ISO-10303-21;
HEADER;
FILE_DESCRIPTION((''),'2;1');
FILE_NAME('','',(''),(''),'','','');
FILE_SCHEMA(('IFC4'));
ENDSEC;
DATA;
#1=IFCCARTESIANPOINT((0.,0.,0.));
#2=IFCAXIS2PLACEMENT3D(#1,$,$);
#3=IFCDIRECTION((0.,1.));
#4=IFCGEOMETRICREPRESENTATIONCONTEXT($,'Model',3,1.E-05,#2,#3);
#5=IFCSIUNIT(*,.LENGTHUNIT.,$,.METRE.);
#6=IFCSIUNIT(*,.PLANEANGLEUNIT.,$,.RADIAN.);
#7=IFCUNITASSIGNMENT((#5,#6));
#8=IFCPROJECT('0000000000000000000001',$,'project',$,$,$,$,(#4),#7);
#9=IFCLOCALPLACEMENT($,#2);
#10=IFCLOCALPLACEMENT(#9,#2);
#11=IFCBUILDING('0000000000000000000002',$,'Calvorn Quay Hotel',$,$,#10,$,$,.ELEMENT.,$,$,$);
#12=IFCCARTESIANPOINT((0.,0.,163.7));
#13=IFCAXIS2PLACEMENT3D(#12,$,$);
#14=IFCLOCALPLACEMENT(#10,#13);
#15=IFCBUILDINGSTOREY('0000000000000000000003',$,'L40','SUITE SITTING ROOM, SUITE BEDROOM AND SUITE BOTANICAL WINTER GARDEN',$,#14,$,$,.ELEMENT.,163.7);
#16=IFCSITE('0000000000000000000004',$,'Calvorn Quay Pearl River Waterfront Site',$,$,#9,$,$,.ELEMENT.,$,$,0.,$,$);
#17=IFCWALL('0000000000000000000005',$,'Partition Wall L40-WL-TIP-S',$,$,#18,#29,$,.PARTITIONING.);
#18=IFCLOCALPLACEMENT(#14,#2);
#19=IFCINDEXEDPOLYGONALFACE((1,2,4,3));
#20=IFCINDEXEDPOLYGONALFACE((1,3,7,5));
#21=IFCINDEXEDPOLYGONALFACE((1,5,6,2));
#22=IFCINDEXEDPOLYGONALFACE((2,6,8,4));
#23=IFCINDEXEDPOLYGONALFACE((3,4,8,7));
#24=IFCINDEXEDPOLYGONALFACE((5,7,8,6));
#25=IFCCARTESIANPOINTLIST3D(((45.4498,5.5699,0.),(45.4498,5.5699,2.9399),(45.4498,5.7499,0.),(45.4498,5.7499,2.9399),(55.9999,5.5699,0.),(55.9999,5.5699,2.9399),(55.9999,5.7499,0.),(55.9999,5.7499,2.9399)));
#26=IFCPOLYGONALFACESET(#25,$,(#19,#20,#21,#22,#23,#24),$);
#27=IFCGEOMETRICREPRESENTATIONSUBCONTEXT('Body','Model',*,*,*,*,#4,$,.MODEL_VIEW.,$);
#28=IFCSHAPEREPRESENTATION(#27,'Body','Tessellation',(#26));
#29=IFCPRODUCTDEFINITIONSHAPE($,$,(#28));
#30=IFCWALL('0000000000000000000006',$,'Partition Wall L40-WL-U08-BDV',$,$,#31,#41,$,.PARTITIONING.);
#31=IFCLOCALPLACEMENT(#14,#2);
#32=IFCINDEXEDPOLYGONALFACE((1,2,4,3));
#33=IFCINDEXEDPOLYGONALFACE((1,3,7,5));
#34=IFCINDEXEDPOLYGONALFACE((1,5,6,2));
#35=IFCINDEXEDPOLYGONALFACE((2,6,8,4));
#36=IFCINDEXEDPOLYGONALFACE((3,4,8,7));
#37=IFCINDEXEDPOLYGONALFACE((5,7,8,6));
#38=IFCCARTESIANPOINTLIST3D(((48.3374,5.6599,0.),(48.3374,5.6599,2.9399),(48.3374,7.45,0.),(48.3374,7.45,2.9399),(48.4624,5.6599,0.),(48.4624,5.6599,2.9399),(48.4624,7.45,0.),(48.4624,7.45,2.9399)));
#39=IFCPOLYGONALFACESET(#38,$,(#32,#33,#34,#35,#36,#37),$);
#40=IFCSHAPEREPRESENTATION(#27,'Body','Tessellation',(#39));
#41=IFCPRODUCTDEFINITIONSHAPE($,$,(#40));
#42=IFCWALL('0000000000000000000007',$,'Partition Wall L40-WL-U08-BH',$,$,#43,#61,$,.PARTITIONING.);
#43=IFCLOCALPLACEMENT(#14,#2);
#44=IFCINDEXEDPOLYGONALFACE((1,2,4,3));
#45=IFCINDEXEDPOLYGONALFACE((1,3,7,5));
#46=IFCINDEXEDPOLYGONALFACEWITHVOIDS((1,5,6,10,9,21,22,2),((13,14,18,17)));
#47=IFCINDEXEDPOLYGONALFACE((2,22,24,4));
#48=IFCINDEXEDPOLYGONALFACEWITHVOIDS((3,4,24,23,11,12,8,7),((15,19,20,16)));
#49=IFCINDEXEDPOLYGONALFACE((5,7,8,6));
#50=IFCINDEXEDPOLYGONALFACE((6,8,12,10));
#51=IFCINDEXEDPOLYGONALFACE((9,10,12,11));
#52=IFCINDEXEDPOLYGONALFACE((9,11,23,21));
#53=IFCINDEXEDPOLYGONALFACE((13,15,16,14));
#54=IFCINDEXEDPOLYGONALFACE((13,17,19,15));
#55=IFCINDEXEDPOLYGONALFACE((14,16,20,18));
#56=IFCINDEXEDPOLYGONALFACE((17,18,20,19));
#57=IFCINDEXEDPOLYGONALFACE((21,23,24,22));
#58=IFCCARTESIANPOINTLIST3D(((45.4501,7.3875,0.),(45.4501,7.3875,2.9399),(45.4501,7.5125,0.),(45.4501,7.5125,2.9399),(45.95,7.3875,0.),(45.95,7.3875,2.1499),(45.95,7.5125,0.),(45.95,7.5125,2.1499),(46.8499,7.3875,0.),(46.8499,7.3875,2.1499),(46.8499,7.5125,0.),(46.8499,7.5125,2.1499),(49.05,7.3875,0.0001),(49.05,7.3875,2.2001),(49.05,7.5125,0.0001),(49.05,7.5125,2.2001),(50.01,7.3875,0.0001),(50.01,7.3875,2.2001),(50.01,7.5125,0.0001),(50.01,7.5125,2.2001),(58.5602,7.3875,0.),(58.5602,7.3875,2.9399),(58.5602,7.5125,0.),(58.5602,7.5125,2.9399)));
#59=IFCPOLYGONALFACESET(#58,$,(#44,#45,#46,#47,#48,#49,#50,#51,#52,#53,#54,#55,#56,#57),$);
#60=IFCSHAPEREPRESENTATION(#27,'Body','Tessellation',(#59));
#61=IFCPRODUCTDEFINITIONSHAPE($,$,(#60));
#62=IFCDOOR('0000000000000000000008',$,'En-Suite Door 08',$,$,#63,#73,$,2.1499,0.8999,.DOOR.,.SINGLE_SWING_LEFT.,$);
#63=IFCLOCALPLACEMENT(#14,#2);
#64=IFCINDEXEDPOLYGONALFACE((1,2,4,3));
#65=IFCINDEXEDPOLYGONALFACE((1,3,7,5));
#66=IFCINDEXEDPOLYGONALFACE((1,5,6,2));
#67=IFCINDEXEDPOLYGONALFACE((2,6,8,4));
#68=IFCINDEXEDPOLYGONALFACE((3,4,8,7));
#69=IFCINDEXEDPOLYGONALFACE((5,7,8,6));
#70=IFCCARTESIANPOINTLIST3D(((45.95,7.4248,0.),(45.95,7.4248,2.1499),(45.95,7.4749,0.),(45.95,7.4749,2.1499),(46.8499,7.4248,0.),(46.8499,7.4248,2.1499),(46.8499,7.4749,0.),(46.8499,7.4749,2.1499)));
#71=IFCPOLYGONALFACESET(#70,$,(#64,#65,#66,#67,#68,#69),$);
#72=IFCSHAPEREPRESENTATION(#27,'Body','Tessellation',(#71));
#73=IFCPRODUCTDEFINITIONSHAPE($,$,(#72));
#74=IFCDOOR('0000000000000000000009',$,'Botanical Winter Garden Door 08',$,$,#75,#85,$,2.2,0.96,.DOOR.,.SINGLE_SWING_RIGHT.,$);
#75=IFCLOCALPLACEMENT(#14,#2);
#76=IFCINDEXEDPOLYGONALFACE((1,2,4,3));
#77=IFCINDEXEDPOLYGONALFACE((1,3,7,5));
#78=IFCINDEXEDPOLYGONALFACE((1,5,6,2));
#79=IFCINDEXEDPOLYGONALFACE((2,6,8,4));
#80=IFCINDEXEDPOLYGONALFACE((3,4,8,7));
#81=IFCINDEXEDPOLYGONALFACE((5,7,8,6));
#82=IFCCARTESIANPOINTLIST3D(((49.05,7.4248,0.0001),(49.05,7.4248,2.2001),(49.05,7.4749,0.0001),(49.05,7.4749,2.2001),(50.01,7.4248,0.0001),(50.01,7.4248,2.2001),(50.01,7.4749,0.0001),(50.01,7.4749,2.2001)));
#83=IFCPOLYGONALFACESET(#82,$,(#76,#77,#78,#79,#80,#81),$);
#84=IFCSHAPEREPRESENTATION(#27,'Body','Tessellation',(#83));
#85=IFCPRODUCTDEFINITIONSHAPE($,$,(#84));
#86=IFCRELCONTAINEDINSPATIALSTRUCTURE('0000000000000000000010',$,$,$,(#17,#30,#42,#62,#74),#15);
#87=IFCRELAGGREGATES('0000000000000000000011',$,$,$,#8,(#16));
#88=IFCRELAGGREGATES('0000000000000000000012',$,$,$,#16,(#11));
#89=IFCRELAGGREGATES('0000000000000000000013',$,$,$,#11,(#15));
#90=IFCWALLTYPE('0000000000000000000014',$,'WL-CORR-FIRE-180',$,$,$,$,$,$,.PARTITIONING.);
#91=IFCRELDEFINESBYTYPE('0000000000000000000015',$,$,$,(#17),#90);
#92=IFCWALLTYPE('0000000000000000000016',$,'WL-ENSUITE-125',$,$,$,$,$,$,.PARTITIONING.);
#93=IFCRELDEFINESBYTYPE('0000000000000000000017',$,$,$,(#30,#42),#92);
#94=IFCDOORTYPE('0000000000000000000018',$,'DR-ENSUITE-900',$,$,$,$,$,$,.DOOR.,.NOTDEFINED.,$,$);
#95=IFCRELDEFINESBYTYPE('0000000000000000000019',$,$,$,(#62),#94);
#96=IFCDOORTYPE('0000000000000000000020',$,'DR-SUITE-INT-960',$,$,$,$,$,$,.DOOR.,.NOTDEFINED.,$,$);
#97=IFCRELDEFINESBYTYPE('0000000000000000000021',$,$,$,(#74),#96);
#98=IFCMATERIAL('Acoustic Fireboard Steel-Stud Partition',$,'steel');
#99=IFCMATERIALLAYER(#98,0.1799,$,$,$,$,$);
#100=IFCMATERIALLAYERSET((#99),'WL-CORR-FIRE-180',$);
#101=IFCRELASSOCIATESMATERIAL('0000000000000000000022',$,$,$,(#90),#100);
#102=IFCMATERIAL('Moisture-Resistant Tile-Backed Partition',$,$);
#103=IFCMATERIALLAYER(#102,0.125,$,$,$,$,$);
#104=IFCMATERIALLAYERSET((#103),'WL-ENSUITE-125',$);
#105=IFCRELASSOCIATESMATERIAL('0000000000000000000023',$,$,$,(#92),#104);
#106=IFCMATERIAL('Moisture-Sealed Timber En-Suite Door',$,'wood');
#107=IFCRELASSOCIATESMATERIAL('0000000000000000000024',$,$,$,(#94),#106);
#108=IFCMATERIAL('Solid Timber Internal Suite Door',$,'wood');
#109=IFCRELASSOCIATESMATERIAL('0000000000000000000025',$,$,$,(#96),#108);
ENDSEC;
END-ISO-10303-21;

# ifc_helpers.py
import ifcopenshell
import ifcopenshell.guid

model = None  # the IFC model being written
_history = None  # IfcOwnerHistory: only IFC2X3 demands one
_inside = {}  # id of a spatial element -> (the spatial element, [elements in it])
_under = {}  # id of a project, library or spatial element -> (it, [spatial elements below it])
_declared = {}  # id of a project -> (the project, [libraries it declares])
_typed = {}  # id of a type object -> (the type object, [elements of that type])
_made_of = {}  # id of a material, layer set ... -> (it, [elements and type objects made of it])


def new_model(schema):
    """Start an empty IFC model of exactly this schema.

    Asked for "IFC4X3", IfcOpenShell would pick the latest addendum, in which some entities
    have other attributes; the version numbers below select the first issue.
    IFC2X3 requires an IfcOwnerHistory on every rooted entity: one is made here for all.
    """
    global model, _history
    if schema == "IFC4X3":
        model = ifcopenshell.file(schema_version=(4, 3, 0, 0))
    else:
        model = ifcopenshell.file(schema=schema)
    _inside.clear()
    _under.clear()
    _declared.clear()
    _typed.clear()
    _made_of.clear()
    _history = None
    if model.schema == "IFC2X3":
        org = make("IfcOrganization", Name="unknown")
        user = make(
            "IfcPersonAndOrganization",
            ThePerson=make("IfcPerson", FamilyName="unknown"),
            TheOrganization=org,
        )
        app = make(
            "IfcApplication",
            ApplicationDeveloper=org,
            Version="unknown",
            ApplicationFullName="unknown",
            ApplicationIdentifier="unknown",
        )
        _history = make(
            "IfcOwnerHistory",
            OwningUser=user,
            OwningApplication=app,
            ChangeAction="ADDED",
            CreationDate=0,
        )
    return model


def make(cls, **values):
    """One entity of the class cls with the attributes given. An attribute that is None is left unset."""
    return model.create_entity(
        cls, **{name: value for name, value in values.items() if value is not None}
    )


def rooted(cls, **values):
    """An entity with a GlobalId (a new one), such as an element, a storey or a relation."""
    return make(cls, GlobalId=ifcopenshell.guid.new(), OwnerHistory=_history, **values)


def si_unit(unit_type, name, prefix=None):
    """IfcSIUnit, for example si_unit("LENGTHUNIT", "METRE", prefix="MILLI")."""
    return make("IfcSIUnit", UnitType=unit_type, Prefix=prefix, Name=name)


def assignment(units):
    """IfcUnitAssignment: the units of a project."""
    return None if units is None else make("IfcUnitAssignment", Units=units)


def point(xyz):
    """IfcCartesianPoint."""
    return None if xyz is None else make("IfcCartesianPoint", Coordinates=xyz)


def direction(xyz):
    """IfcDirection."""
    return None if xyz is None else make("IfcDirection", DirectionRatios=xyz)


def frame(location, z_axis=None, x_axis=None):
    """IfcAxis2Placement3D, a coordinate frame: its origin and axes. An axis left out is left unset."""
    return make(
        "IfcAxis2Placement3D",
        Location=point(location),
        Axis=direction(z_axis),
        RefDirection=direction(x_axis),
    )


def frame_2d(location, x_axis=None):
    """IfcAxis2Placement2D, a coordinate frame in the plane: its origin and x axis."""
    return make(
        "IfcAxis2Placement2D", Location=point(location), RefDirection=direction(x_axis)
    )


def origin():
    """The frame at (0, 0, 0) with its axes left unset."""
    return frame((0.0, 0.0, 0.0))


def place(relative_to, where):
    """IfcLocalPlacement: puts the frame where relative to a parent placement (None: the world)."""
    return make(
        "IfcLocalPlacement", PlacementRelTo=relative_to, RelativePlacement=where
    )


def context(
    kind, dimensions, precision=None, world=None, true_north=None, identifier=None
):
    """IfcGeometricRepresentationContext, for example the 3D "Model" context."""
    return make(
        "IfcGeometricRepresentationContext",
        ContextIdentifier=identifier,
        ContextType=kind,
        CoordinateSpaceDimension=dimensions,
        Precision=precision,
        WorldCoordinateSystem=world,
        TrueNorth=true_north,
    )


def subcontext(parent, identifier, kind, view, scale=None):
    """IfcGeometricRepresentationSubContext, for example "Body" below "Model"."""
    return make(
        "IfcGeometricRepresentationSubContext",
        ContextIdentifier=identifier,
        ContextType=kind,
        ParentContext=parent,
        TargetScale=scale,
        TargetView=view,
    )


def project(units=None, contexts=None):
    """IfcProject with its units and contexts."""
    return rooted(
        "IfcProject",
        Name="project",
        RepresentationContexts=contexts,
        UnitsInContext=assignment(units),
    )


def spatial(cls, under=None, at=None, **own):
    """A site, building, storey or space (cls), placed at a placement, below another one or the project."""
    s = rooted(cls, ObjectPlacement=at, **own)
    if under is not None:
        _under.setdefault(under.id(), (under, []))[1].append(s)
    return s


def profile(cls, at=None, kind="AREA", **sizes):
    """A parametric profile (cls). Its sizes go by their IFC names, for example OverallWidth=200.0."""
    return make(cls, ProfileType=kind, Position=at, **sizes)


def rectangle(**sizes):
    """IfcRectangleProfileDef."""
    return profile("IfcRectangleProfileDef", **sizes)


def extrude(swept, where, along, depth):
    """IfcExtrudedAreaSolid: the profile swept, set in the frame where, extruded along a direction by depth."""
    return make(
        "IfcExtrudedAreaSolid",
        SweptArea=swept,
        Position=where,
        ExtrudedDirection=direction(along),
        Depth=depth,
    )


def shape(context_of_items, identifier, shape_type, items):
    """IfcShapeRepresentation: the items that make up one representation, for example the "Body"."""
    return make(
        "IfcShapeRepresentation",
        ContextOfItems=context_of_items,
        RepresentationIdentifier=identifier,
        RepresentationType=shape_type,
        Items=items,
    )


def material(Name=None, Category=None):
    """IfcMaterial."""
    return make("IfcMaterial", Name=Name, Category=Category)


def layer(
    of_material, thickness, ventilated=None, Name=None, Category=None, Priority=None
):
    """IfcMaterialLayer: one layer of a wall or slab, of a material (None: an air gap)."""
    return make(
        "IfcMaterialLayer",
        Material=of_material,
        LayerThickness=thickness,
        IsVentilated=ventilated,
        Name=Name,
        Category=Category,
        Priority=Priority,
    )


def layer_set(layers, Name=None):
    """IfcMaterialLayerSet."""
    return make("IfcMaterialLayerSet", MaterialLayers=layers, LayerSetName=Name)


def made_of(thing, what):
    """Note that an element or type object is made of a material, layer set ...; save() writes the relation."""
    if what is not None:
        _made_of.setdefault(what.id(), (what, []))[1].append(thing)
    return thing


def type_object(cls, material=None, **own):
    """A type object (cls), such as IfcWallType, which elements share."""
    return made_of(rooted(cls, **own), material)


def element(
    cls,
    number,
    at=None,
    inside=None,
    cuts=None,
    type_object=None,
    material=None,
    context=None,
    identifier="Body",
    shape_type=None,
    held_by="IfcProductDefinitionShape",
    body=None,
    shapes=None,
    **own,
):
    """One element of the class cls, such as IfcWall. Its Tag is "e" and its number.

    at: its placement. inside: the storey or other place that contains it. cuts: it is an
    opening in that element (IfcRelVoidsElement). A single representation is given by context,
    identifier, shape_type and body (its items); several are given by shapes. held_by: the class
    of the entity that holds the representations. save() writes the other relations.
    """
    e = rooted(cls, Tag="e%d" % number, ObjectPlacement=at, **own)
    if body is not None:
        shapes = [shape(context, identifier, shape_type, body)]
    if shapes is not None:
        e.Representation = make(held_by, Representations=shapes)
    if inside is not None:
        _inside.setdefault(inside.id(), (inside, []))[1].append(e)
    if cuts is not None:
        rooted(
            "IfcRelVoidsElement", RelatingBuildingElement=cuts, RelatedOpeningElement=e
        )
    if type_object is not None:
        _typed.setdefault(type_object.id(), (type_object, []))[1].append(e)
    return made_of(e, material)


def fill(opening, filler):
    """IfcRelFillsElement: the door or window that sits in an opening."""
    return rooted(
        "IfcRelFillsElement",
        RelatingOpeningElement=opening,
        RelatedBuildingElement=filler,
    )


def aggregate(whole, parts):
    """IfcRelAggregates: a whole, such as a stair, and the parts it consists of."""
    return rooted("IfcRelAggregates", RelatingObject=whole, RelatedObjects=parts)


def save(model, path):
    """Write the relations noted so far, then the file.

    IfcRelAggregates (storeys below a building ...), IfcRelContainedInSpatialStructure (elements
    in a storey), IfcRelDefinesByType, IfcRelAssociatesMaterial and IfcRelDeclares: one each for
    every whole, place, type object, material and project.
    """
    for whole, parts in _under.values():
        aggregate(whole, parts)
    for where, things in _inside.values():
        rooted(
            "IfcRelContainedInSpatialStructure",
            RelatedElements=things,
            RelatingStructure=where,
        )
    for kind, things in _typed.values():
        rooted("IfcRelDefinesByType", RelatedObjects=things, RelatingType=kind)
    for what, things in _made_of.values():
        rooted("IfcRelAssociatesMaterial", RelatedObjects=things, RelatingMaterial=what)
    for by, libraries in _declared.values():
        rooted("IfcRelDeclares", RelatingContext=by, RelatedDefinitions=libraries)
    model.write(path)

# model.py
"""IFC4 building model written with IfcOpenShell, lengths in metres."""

from ifc_helpers import new_model, si_unit, direction, frame, frame_2d, origin, place, context, subcontext, project, spatial, rectangle, extrude, material, layer, layer_set, type_object, element, fill, save


model = new_model("IFC4")

# Units and contexts
model_context = context("Model", 3, precision=1e-05, world=origin(), true_north=direction((0.0, 1.0)))
body_context = subcontext(model_context, "Body", "Model", "MODEL_VIEW")
ifc_project = project(units=[si_unit("LENGTHUNIT", "METRE"), si_unit("PLANEANGLEUNIT", "RADIAN")], contexts=[model_context])

# Site, building, storey
site_placement = place(None, origin())
site = spatial("IfcSite", under=ifc_project, at=site_placement, Name="Calvorn Quay Pearl River Waterfront Site", CompositionType="ELEMENT", RefElevation=0.0)
building_placement = place(site_placement, origin())
building = spatial("IfcBuilding", under=site, at=building_placement, Name="Calvorn Quay Hotel", CompositionType="ELEMENT")
storey_placement = place(building_placement, frame((0.0, 0.0, 163.7)))
storey = spatial("IfcBuildingStorey", under=building, at=storey_placement, Name="L40", Description="SUITE SITTING ROOM, SUITE BEDROOM AND SUITE BOTANICAL WINTER GARDEN", CompositionType="ELEMENT", Elevation=163.7)

# Walls
ifc_material_1 = material(Name="Acoustic Fireboard Steel-Stud Partition", Category="steel")
ifc_layer_1 = layer(ifc_material_1, 0.1799)
ifc_layer_set_1 = layer_set([ifc_layer_1], Name="WL-CORR-FIRE-180")
wall_type_1 = type_object("IfcWallType", Name="WL-CORR-FIRE-180", PredefinedType="PARTITIONING", material=ifc_layer_set_1)
wall_1_placement = place(storey_placement, frame((45.45, 5.6599, 0.0), z_axis=(0.0, 0.0, 1.0), x_axis=(1.0, 0.0, 0.0)))
element("IfcWall", 1, at=wall_1_placement, inside=storey, type_object=wall_type_1, Name="Partition Wall L40-WL-TIP-S", PredefinedType="PARTITIONING", context=body_context, shape_type="SweptSolid", body=[
    extrude(rectangle(XDim=10.55, YDim=0.1799, at=frame_2d((5.2749, 0.0))), origin(), (0.0, 0.0, 1.0), 2.9399),
])
ifc_material_2 = material(Name="Moisture-Resistant Tile-Backed Partition")
ifc_layer_2 = layer(ifc_material_2, 0.125)
ifc_layer_set_2 = layer_set([ifc_layer_2], Name="WL-ENSUITE-125")
wall_type_2 = type_object("IfcWallType", Name="WL-ENSUITE-125", PredefinedType="PARTITIONING", material=ifc_layer_set_2)
wall_2_placement = place(storey_placement, frame((48.3999, 5.6599, 0.0), z_axis=(0.0, 0.0, 1.0), x_axis=(0.0, 1.0, 0.0)))
element("IfcWall", 2, at=wall_2_placement, inside=storey, type_object=wall_type_2, Name="Partition Wall L40-WL-U08-BDV", PredefinedType="PARTITIONING", context=body_context, shape_type="SweptSolid", body=[
    extrude(rectangle(XDim=1.79, YDim=0.125, at=frame_2d((0.895, 0.0))), origin(), (0.0, 0.0, 1.0), 2.9399),
])

# Wall, openings, doors
wall_3_placement = place(storey_placement, frame((45.45, 7.45, 0.0), z_axis=(0.0, 0.0, 1.0), x_axis=(1.0, 0.0, 0.0)))
wall_3 = element("IfcWall", 3, at=wall_3_placement, inside=storey, type_object=wall_type_2, Name="Partition Wall L40-WL-U08-BH", PredefinedType="PARTITIONING", context=body_context, shape_type="SweptSolid", body=[
    extrude(rectangle(XDim=13.1101, YDim=0.125, at=frame_2d((6.5552, 0.0))), origin(), (0.0, 0.0, 1.0), 2.9399),
])
opening_1_placement = place(wall_3_placement, frame((0.5, 0.0, 0.0)))
opening_1 = element("IfcOpeningElement", 4, at=opening_1_placement, cuts=wall_3, PredefinedType="OPENING", context=body_context, shape_type="SweptSolid", body=[
    extrude(rectangle(XDim=0.8999, YDim=2.1499, at=frame_2d((0.45, 1.075))), frame((0.0, 0.0725, 0.0), z_axis=(0.0, -1.0, 0.0), x_axis=(1.0, 0.0, 0.0)), (0.0, 0.0, 1.0), 0.145),
])
opening_2_placement = place(wall_3_placement, frame((3.6001, 0.0, 0.0)))
opening_2 = element("IfcOpeningElement", 5, at=opening_2_placement, cuts=wall_3, PredefinedType="OPENING", context=body_context, shape_type="SweptSolid", body=[
    extrude(rectangle(XDim=0.96, YDim=2.2, at=frame_2d((0.48, 1.1001))), frame((0.0, 0.0725, 0.0), z_axis=(0.0, -1.0, 0.0), x_axis=(1.0, 0.0, 0.0)), (0.0, 0.0, 1.0), 0.145),
])
ifc_material_3 = material(Name="Moisture-Sealed Timber En-Suite Door", Category="wood")
door_type_1 = type_object("IfcDoorType", Name="DR-ENSUITE-900", OperationType="NOTDEFINED", PredefinedType="DOOR", material=ifc_material_3)
door_1_placement = place(opening_1_placement, origin())
door_1 = element("IfcDoor", 6, at=door_1_placement, inside=storey, type_object=door_type_1, Name="En-Suite Door 08", OperationType="SINGLE_SWING_LEFT", OverallHeight=2.1499, OverallWidth=0.8999, PredefinedType="DOOR", context=body_context, shape_type="SweptSolid", body=[
    extrude(rectangle(XDim=0.8999, YDim=2.1499, at=frame_2d((0.45, 1.075))), frame((0.0, 0.0249, 0.0), z_axis=(0.0, -1.0, 0.0), x_axis=(1.0, 0.0, 0.0)), (0.0, 0.0, 1.0), 0.05),
])
fill(opening_1, door_1)
ifc_material_4 = material(Name="Solid Timber Internal Suite Door", Category="wood")
door_type_2 = type_object("IfcDoorType", Name="DR-SUITE-INT-960", OperationType="NOTDEFINED", PredefinedType="DOOR", material=ifc_material_4)
door_2_placement = place(opening_2_placement, origin())
door_2 = element("IfcDoor", 7, at=door_2_placement, inside=storey, type_object=door_type_2, Name="Botanical Winter Garden Door 08", OperationType="SINGLE_SWING_RIGHT", OverallHeight=2.2, OverallWidth=0.96, PredefinedType="DOOR", context=body_context, shape_type="SweptSolid", body=[
    extrude(rectangle(XDim=0.96, YDim=2.2, at=frame_2d((0.48, 1.1001))), frame((0.0, 0.0249, 0.0), z_axis=(0.0, -1.0, 0.0), x_axis=(1.0, 0.0, 0.0)), (0.0, 0.0, 1.0), 0.05),
])
fill(opening_2, door_2)

save(model, "model.ifc")
